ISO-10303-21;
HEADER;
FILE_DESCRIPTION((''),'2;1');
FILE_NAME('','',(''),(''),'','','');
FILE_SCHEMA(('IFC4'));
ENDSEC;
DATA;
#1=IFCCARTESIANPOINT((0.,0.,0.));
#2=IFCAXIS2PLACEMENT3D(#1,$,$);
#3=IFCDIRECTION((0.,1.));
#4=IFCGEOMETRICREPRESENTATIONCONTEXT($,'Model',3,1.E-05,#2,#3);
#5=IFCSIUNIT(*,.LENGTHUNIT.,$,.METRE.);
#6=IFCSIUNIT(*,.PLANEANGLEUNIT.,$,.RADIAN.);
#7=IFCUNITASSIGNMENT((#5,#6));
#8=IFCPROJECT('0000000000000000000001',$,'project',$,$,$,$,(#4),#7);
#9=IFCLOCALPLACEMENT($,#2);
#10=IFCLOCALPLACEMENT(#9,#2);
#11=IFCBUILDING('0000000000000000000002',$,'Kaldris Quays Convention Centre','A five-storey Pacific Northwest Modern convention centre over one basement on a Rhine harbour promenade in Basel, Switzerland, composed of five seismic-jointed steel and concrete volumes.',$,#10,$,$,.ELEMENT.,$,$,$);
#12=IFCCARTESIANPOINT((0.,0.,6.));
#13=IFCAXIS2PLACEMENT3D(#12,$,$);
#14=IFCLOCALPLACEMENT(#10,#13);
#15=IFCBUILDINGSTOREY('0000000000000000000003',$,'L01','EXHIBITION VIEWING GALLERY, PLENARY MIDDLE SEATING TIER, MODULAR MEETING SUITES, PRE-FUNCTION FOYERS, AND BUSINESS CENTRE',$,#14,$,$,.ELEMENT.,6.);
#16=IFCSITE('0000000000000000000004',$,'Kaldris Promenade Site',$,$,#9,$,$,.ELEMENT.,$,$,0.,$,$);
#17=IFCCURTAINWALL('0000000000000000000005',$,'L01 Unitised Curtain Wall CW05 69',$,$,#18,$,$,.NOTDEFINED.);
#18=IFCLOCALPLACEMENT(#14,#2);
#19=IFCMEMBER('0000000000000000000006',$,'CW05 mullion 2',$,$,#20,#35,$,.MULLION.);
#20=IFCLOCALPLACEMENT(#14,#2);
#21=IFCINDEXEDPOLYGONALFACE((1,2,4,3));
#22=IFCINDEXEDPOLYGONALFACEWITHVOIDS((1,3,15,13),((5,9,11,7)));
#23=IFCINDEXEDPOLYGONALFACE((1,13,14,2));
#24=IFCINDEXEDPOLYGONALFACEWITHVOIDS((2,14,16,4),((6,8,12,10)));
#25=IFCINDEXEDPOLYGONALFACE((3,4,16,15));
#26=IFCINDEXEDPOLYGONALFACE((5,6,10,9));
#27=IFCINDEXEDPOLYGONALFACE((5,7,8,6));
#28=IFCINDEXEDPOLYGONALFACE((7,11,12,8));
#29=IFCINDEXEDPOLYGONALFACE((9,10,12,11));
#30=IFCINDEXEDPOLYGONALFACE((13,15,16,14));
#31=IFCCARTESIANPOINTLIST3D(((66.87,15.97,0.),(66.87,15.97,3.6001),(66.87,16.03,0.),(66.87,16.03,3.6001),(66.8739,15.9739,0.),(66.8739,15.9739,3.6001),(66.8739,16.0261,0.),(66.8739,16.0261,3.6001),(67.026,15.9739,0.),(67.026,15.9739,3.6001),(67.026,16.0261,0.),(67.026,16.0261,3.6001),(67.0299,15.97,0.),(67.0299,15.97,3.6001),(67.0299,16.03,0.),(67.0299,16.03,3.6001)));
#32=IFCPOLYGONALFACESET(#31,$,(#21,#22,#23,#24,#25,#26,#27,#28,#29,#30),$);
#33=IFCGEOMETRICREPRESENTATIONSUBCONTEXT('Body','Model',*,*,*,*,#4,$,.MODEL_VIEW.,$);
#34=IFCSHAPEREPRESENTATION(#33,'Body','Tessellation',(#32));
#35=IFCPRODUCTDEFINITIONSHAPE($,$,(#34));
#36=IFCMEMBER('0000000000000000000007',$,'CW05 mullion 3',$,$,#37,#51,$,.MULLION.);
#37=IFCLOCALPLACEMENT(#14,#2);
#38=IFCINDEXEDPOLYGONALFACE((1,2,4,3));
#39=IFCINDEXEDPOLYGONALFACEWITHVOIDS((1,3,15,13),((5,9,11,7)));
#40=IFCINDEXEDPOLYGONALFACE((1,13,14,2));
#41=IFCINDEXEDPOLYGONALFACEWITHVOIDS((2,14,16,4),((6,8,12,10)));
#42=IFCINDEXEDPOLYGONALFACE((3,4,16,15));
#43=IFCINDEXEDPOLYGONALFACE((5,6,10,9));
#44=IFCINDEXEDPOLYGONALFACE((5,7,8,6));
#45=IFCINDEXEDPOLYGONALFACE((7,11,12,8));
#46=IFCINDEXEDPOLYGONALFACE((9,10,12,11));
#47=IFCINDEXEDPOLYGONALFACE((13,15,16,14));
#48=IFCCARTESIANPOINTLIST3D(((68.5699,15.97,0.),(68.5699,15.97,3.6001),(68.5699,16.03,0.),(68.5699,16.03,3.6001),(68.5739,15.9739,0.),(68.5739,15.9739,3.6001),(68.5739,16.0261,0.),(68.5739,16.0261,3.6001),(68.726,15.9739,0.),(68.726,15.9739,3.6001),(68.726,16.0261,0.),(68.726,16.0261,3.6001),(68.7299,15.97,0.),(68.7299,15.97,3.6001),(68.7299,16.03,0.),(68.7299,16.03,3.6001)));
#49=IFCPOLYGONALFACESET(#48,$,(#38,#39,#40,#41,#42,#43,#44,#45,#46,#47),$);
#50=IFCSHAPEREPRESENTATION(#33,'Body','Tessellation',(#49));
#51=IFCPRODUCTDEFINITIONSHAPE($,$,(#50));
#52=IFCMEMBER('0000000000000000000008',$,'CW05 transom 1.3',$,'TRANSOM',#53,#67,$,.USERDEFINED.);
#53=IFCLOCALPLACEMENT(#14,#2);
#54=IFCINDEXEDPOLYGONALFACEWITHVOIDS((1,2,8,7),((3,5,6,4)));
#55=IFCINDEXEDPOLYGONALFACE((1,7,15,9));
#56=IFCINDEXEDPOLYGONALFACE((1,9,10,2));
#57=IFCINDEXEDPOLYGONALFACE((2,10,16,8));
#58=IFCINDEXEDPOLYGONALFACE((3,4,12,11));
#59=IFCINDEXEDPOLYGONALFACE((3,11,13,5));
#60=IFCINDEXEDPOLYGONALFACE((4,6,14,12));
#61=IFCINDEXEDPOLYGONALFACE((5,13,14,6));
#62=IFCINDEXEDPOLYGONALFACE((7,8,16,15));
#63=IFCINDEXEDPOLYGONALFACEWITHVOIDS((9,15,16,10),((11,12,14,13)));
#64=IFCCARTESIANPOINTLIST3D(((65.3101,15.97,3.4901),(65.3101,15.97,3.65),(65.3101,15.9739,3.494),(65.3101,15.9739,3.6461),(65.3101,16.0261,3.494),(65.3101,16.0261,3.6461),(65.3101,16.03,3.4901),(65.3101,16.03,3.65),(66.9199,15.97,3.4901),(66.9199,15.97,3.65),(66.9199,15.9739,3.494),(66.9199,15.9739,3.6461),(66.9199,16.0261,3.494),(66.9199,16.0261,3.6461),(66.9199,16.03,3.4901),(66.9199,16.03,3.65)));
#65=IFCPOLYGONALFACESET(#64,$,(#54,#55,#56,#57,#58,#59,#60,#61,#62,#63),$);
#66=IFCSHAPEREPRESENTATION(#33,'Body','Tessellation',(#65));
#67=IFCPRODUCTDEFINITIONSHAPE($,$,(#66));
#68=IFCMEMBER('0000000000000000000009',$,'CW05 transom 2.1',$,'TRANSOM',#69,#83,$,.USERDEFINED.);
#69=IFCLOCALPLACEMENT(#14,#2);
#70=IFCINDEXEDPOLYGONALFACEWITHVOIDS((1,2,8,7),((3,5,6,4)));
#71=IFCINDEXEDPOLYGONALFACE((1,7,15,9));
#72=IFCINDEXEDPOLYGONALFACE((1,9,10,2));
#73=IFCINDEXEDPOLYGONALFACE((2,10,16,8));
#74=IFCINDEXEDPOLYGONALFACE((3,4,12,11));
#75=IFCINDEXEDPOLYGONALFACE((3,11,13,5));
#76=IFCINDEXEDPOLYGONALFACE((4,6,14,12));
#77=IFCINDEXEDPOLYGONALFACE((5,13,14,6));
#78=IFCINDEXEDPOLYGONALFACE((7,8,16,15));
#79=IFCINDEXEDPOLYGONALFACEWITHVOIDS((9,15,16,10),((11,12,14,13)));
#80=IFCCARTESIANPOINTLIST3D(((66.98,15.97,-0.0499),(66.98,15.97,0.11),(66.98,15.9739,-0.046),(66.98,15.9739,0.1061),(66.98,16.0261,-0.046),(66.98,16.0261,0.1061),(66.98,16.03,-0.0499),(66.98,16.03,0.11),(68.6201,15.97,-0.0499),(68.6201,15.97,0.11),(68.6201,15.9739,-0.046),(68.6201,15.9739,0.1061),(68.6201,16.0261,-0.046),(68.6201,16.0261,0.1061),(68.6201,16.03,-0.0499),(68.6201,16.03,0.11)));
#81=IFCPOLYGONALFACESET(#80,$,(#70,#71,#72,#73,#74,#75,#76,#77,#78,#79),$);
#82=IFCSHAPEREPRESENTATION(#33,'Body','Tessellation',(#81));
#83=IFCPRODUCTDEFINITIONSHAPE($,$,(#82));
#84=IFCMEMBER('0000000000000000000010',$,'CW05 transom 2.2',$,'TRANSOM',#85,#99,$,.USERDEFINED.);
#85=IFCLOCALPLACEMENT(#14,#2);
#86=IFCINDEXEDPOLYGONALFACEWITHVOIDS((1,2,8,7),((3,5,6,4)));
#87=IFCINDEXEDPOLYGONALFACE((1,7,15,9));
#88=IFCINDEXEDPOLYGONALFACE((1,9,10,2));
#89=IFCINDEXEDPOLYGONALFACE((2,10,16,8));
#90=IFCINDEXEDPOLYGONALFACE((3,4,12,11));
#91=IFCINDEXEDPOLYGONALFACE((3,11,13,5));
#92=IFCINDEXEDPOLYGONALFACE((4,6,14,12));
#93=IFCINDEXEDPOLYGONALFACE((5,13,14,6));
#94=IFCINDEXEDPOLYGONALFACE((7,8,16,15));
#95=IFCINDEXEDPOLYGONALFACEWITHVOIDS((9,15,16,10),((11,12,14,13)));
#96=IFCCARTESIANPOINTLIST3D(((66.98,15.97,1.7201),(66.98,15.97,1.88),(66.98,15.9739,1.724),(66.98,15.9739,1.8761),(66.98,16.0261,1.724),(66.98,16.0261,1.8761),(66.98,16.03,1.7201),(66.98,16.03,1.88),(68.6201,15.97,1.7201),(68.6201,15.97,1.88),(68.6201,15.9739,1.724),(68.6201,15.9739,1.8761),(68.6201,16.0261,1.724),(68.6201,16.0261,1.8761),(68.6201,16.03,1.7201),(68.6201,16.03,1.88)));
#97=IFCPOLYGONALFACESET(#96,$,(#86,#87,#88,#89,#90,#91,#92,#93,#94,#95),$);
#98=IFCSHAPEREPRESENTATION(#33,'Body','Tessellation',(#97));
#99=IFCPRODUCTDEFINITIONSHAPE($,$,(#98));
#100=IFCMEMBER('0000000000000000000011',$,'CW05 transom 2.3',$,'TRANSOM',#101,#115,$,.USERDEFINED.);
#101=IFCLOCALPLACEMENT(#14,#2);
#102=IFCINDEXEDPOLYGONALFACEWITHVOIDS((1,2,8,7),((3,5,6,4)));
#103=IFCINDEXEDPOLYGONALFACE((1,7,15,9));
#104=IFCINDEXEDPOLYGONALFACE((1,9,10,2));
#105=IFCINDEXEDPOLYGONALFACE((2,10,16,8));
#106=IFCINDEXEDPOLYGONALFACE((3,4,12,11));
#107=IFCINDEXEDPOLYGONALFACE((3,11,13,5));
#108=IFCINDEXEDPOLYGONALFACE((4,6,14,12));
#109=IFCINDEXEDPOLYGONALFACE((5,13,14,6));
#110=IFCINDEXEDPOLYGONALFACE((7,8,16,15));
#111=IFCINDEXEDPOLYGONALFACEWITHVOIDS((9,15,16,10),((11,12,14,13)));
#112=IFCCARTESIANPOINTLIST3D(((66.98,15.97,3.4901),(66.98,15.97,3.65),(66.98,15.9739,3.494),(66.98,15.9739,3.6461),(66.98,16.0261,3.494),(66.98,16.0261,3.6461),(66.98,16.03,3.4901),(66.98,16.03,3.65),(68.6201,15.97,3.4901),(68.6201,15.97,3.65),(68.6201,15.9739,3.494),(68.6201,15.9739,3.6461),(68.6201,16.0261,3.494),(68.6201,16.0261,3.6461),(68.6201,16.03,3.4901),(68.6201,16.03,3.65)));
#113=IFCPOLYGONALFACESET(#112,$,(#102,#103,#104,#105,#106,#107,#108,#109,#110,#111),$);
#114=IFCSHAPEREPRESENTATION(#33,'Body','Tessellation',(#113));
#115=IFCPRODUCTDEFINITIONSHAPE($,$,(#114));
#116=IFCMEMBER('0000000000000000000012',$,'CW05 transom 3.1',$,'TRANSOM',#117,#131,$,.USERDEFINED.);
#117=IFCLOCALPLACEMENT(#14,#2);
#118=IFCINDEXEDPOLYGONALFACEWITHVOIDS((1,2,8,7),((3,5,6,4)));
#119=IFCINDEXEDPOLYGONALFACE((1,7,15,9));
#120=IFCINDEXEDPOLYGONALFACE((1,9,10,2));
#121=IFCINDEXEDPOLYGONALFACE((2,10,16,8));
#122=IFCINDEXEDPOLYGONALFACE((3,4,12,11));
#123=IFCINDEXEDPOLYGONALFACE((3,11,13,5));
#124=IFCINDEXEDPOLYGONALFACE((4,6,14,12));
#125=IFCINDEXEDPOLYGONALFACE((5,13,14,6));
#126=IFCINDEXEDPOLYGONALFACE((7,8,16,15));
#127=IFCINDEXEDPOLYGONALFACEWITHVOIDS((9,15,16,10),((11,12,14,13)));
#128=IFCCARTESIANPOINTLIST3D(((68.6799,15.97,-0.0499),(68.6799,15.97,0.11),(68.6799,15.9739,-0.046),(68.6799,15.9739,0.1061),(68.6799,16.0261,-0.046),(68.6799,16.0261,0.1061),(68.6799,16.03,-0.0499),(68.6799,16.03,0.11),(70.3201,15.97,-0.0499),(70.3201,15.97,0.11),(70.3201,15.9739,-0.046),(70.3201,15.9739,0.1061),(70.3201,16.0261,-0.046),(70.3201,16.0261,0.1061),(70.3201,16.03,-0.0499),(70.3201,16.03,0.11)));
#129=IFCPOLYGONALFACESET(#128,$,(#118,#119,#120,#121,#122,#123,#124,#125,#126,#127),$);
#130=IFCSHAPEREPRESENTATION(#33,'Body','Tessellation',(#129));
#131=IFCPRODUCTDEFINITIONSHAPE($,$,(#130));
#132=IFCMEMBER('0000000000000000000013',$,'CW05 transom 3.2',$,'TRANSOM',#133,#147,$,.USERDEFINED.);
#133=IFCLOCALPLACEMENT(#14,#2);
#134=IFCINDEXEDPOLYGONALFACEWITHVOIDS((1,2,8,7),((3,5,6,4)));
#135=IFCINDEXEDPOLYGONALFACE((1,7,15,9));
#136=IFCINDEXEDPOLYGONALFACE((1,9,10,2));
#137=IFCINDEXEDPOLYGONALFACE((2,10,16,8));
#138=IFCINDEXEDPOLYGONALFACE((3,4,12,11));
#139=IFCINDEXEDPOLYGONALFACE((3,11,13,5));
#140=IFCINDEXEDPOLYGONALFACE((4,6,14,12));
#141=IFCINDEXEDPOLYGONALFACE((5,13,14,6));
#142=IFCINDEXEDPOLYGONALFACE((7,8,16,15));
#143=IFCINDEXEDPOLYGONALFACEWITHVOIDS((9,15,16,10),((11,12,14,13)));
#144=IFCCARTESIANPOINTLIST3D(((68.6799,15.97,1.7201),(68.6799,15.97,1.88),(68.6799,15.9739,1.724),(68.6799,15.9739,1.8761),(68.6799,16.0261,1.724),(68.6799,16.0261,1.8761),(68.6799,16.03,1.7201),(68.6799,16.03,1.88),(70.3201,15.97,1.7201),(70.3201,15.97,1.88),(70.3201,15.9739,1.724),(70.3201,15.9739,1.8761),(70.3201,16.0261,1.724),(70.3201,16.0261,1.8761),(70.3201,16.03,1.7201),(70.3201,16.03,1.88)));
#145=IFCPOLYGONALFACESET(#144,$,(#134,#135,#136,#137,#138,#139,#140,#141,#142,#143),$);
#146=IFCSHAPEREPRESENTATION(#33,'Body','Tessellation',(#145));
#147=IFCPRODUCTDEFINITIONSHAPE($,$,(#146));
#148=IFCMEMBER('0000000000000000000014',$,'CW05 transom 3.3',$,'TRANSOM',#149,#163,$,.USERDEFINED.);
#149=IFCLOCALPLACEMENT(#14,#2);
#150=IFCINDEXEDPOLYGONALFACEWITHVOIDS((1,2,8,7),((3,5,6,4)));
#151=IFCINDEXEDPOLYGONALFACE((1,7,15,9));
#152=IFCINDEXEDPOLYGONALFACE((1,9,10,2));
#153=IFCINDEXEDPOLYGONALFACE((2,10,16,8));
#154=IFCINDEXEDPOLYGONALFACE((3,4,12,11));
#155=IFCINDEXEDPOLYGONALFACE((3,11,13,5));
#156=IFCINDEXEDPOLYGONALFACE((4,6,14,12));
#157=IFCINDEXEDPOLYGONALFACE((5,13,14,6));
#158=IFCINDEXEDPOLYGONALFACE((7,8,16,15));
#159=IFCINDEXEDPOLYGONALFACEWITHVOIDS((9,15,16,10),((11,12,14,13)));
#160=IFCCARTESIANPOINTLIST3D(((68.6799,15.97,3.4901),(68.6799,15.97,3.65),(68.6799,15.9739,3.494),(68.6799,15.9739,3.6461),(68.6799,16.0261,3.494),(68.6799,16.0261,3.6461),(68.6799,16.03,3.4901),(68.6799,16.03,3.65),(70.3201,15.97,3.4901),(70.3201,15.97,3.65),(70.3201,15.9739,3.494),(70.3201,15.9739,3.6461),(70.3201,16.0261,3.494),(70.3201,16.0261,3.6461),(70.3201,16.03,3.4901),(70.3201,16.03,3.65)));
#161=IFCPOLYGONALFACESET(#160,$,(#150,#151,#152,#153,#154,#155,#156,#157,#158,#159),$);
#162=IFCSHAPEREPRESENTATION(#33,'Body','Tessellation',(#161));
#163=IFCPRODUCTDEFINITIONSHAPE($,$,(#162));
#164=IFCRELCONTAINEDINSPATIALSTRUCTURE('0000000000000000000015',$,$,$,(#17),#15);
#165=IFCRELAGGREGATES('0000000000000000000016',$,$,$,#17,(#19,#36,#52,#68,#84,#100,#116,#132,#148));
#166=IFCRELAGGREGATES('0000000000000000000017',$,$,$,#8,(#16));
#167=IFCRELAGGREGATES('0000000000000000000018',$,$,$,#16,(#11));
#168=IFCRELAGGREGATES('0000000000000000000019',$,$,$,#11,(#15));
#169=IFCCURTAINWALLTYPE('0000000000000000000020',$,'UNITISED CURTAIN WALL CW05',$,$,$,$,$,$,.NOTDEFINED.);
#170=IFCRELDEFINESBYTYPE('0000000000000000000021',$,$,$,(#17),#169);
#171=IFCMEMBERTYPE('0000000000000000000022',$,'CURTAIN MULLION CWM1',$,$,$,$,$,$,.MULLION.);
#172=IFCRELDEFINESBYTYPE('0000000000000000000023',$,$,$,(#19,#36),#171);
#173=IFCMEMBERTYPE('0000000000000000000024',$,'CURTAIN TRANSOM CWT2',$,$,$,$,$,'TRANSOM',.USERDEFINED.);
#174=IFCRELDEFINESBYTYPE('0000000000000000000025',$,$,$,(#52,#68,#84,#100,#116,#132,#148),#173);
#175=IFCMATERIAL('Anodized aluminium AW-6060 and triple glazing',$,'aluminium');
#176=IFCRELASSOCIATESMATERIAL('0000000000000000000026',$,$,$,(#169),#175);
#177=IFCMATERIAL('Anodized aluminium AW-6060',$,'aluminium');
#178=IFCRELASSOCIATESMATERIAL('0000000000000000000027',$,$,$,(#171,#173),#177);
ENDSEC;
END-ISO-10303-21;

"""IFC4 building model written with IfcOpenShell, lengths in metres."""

from ifc_helpers import new_model, si_unit, direction, frame, origin, origin_2d, place, context, subcontext, project, spatial, hollow_rectangle, extrude, material, material_profile, profile_set, type_object, element, aggregate, save


model = new_model("IFC4")

# Units and contexts
model_context = context("Model", 3, precision=1e-05, world=origin(), true_north=direction((0.0, 1.0)))
body_context = subcontext(model_context, "Body", "Model", "MODEL_VIEW")
ifc_project = project(units=[si_unit("LENGTHUNIT", "METRE"), si_unit("PLANEANGLEUNIT", "RADIAN")], contexts=[model_context])

# Site, building, storey
site_placement = place(None, origin())
site = spatial("IfcSite", under=ifc_project, at=site_placement, Name="Kaldris Promenade Site", CompositionType="ELEMENT", RefElevation=0.0)
building_placement = place(site_placement, origin())
building = spatial("IfcBuilding", under=site, at=building_placement, Name="Kaldris Quays Convention Centre", Description="A five-storey Pacific Northwest Modern convention centre over one basement on a Rhine harbour promenade in Basel, Switzerland, composed of five seismic-jointed steel and concrete volumes.", CompositionType="ELEMENT")
storey_placement = place(building_placement, frame((0.0, 0.0, 6.0)))
storey = spatial("IfcBuildingStorey", under=building, at=storey_placement, Name="L01", Description="EXHIBITION VIEWING GALLERY, PLENARY MIDDLE SEATING TIER, MODULAR MEETING SUITES, PRE-FUNCTION FOYERS, AND BUSINESS CENTRE", CompositionType="ELEMENT", Elevation=6.0)

# Curtain wall, members
ifc_material_1 = material(Name="Anodized aluminium AW-6060 and triple glazing", Category="aluminium")
curtain_wall_type = type_object("IfcCurtainWallType", Name="UNITISED CURTAIN WALL CW05", PredefinedType="NOTDEFINED", material=ifc_material_1)
curtain_wall_placement = place(storey_placement, origin())
curtain_wall = element("IfcCurtainWall", 1, at=curtain_wall_placement, inside=storey, type_object=curtain_wall_type, Name="L01 Unitised Curtain Wall CW05 69", PredefinedType="NOTDEFINED")
ifc_material_2 = material(Name="Anodized aluminium AW-6060", Category="aluminium")
ifc_material_profile_1 = material_profile(ifc_material_2, hollow_rectangle(XDim=0.0601, YDim=0.1599, WallThickness=0.0039, at=origin_2d()), Name="RHS 160x60x4")
ifc_profile_set_1 = profile_set([ifc_material_profile_1], Name="Anodized aluminium AW-6060")
member_type_1 = type_object("IfcMemberType", Name="CURTAIN MULLION CWM1", PredefinedType="MULLION", material=ifc_profile_set_1)
member_1_placement = place(storey_placement, frame((66.95, 16.0, 0.0), z_axis=(0.0, 0.0, 1.0), x_axis=(0.0, 1.0, 0.0)))
member_1 = element("IfcMember", 2, at=member_1_placement, type_object=member_type_1, Name="CW05 mullion 2", PredefinedType="MULLION", context=body_context, shape_type="SweptSolid", body=[
    extrude(hollow_rectangle(XDim=0.0601, YDim=0.1599, WallThickness=0.0039, at=origin_2d()), origin(), (0.0, 0.0, 1.0), 3.6001),
])
member_2_placement = place(storey_placement, frame((68.6499, 16.0, 0.0), z_axis=(0.0, 0.0, 1.0), x_axis=(0.0, 1.0, 0.0)))
member_2 = element("IfcMember", 3, at=member_2_placement, type_object=member_type_1, Name="CW05 mullion 3", PredefinedType="MULLION", context=body_context, shape_type="SweptSolid", body=[
    extrude(hollow_rectangle(XDim=0.0601, YDim=0.1599, WallThickness=0.0039, at=origin_2d()), origin(), (0.0, 0.0, 1.0), 3.6001),
])
ifc_material_profile_2 = material_profile(ifc_material_2, hollow_rectangle(XDim=0.0601, YDim=0.1599, WallThickness=0.0039, at=origin_2d()), Name="RHS 160x60x4")
ifc_profile_set_2 = profile_set([ifc_material_profile_2], Name="Anodized aluminium AW-6060")
member_type_2 = type_object("IfcMemberType", Name="CURTAIN TRANSOM CWT2", ElementType="TRANSOM", PredefinedType="USERDEFINED", material=ifc_profile_set_2)
member_3_placement = place(storey_placement, frame((65.3101, 16.0, 3.5701), z_axis=(1.0, 0.0, 0.0), x_axis=(0.0, 1.0, 0.0)))
member_3 = element("IfcMember", 4, at=member_3_placement, type_object=member_type_2, Name="CW05 transom 1.3", ObjectType="TRANSOM", PredefinedType="USERDEFINED", context=body_context, shape_type="SweptSolid", body=[
    extrude(hollow_rectangle(XDim=0.0601, YDim=0.1599, WallThickness=0.0039, at=origin_2d()), origin(), (0.0, 0.0, 1.0), 1.6099),
])
member_4_placement = place(storey_placement, frame((66.98, 16.0, 0.03), z_axis=(1.0, 0.0, 0.0), x_axis=(0.0, 1.0, 0.0)))
member_4 = element("IfcMember", 5, at=member_4_placement, type_object=member_type_2, Name="CW05 transom 2.1", ObjectType="TRANSOM", PredefinedType="USERDEFINED", context=body_context, shape_type="SweptSolid", body=[
    extrude(hollow_rectangle(XDim=0.0601, YDim=0.1599, WallThickness=0.0039, at=origin_2d()), origin(), (0.0, 0.0, 1.0), 1.6401),
])
member_5_placement = place(storey_placement, frame((66.98, 16.0, 1.8), z_axis=(1.0, 0.0, 0.0), x_axis=(0.0, 1.0, 0.0)))
member_5 = element("IfcMember", 6, at=member_5_placement, type_object=member_type_2, Name="CW05 transom 2.2", ObjectType="TRANSOM", PredefinedType="USERDEFINED", context=body_context, shape_type="SweptSolid", body=[
    extrude(hollow_rectangle(XDim=0.0601, YDim=0.1599, WallThickness=0.0039, at=origin_2d()), origin(), (0.0, 0.0, 1.0), 1.6401),
])
member_6_placement = place(storey_placement, frame((66.98, 16.0, 3.5701), z_axis=(1.0, 0.0, 0.0), x_axis=(0.0, 1.0, 0.0)))
member_6 = element("IfcMember", 7, at=member_6_placement, type_object=member_type_2, Name="CW05 transom 2.3", ObjectType="TRANSOM", PredefinedType="USERDEFINED", context=body_context, shape_type="SweptSolid", body=[
    extrude(hollow_rectangle(XDim=0.0601, YDim=0.1599, WallThickness=0.0039, at=origin_2d()), origin(), (0.0, 0.0, 1.0), 1.6401),
])
member_7_placement = place(storey_placement, frame((68.6799, 16.0, 0.03), z_axis=(1.0, 0.0, 0.0), x_axis=(0.0, 1.0, 0.0)))
member_7 = element("IfcMember", 8, at=member_7_placement, type_object=member_type_2, Name="CW05 transom 3.1", ObjectType="TRANSOM", PredefinedType="USERDEFINED", context=body_context, shape_type="SweptSolid", body=[
    extrude(hollow_rectangle(XDim=0.0601, YDim=0.1599, WallThickness=0.0039, at=origin_2d()), origin(), (0.0, 0.0, 1.0), 1.6401),
])
member_8_placement = place(storey_placement, frame((68.6799, 16.0, 1.8), z_axis=(1.0, 0.0, 0.0), x_axis=(0.0, 1.0, 0.0)))
member_8 = element("IfcMember", 9, at=member_8_placement, type_object=member_type_2, Name="CW05 transom 3.2", ObjectType="TRANSOM", PredefinedType="USERDEFINED", context=body_context, shape_type="SweptSolid", body=[
    extrude(hollow_rectangle(XDim=0.0601, YDim=0.1599, WallThickness=0.0039, at=origin_2d()), origin(), (0.0, 0.0, 1.0), 1.6401),
])
member_9_placement = place(storey_placement, frame((68.6799, 16.0, 3.5701), z_axis=(1.0, 0.0, 0.0), x_axis=(0.0, 1.0, 0.0)))
member_9 = element("IfcMember", 10, at=member_9_placement, type_object=member_type_2, Name="CW05 transom 3.3", ObjectType="TRANSOM", PredefinedType="USERDEFINED", context=body_context, shape_type="SweptSolid", body=[
    extrude(hollow_rectangle(XDim=0.0601, YDim=0.1599, WallThickness=0.0039, at=origin_2d()), origin(), (0.0, 0.0, 1.0), 1.6401),
])

aggregate(curtain_wall, [member_1, member_2, member_3, member_4, member_5, member_6, member_7, member_8, member_9])

save(model, "model.ifc")
